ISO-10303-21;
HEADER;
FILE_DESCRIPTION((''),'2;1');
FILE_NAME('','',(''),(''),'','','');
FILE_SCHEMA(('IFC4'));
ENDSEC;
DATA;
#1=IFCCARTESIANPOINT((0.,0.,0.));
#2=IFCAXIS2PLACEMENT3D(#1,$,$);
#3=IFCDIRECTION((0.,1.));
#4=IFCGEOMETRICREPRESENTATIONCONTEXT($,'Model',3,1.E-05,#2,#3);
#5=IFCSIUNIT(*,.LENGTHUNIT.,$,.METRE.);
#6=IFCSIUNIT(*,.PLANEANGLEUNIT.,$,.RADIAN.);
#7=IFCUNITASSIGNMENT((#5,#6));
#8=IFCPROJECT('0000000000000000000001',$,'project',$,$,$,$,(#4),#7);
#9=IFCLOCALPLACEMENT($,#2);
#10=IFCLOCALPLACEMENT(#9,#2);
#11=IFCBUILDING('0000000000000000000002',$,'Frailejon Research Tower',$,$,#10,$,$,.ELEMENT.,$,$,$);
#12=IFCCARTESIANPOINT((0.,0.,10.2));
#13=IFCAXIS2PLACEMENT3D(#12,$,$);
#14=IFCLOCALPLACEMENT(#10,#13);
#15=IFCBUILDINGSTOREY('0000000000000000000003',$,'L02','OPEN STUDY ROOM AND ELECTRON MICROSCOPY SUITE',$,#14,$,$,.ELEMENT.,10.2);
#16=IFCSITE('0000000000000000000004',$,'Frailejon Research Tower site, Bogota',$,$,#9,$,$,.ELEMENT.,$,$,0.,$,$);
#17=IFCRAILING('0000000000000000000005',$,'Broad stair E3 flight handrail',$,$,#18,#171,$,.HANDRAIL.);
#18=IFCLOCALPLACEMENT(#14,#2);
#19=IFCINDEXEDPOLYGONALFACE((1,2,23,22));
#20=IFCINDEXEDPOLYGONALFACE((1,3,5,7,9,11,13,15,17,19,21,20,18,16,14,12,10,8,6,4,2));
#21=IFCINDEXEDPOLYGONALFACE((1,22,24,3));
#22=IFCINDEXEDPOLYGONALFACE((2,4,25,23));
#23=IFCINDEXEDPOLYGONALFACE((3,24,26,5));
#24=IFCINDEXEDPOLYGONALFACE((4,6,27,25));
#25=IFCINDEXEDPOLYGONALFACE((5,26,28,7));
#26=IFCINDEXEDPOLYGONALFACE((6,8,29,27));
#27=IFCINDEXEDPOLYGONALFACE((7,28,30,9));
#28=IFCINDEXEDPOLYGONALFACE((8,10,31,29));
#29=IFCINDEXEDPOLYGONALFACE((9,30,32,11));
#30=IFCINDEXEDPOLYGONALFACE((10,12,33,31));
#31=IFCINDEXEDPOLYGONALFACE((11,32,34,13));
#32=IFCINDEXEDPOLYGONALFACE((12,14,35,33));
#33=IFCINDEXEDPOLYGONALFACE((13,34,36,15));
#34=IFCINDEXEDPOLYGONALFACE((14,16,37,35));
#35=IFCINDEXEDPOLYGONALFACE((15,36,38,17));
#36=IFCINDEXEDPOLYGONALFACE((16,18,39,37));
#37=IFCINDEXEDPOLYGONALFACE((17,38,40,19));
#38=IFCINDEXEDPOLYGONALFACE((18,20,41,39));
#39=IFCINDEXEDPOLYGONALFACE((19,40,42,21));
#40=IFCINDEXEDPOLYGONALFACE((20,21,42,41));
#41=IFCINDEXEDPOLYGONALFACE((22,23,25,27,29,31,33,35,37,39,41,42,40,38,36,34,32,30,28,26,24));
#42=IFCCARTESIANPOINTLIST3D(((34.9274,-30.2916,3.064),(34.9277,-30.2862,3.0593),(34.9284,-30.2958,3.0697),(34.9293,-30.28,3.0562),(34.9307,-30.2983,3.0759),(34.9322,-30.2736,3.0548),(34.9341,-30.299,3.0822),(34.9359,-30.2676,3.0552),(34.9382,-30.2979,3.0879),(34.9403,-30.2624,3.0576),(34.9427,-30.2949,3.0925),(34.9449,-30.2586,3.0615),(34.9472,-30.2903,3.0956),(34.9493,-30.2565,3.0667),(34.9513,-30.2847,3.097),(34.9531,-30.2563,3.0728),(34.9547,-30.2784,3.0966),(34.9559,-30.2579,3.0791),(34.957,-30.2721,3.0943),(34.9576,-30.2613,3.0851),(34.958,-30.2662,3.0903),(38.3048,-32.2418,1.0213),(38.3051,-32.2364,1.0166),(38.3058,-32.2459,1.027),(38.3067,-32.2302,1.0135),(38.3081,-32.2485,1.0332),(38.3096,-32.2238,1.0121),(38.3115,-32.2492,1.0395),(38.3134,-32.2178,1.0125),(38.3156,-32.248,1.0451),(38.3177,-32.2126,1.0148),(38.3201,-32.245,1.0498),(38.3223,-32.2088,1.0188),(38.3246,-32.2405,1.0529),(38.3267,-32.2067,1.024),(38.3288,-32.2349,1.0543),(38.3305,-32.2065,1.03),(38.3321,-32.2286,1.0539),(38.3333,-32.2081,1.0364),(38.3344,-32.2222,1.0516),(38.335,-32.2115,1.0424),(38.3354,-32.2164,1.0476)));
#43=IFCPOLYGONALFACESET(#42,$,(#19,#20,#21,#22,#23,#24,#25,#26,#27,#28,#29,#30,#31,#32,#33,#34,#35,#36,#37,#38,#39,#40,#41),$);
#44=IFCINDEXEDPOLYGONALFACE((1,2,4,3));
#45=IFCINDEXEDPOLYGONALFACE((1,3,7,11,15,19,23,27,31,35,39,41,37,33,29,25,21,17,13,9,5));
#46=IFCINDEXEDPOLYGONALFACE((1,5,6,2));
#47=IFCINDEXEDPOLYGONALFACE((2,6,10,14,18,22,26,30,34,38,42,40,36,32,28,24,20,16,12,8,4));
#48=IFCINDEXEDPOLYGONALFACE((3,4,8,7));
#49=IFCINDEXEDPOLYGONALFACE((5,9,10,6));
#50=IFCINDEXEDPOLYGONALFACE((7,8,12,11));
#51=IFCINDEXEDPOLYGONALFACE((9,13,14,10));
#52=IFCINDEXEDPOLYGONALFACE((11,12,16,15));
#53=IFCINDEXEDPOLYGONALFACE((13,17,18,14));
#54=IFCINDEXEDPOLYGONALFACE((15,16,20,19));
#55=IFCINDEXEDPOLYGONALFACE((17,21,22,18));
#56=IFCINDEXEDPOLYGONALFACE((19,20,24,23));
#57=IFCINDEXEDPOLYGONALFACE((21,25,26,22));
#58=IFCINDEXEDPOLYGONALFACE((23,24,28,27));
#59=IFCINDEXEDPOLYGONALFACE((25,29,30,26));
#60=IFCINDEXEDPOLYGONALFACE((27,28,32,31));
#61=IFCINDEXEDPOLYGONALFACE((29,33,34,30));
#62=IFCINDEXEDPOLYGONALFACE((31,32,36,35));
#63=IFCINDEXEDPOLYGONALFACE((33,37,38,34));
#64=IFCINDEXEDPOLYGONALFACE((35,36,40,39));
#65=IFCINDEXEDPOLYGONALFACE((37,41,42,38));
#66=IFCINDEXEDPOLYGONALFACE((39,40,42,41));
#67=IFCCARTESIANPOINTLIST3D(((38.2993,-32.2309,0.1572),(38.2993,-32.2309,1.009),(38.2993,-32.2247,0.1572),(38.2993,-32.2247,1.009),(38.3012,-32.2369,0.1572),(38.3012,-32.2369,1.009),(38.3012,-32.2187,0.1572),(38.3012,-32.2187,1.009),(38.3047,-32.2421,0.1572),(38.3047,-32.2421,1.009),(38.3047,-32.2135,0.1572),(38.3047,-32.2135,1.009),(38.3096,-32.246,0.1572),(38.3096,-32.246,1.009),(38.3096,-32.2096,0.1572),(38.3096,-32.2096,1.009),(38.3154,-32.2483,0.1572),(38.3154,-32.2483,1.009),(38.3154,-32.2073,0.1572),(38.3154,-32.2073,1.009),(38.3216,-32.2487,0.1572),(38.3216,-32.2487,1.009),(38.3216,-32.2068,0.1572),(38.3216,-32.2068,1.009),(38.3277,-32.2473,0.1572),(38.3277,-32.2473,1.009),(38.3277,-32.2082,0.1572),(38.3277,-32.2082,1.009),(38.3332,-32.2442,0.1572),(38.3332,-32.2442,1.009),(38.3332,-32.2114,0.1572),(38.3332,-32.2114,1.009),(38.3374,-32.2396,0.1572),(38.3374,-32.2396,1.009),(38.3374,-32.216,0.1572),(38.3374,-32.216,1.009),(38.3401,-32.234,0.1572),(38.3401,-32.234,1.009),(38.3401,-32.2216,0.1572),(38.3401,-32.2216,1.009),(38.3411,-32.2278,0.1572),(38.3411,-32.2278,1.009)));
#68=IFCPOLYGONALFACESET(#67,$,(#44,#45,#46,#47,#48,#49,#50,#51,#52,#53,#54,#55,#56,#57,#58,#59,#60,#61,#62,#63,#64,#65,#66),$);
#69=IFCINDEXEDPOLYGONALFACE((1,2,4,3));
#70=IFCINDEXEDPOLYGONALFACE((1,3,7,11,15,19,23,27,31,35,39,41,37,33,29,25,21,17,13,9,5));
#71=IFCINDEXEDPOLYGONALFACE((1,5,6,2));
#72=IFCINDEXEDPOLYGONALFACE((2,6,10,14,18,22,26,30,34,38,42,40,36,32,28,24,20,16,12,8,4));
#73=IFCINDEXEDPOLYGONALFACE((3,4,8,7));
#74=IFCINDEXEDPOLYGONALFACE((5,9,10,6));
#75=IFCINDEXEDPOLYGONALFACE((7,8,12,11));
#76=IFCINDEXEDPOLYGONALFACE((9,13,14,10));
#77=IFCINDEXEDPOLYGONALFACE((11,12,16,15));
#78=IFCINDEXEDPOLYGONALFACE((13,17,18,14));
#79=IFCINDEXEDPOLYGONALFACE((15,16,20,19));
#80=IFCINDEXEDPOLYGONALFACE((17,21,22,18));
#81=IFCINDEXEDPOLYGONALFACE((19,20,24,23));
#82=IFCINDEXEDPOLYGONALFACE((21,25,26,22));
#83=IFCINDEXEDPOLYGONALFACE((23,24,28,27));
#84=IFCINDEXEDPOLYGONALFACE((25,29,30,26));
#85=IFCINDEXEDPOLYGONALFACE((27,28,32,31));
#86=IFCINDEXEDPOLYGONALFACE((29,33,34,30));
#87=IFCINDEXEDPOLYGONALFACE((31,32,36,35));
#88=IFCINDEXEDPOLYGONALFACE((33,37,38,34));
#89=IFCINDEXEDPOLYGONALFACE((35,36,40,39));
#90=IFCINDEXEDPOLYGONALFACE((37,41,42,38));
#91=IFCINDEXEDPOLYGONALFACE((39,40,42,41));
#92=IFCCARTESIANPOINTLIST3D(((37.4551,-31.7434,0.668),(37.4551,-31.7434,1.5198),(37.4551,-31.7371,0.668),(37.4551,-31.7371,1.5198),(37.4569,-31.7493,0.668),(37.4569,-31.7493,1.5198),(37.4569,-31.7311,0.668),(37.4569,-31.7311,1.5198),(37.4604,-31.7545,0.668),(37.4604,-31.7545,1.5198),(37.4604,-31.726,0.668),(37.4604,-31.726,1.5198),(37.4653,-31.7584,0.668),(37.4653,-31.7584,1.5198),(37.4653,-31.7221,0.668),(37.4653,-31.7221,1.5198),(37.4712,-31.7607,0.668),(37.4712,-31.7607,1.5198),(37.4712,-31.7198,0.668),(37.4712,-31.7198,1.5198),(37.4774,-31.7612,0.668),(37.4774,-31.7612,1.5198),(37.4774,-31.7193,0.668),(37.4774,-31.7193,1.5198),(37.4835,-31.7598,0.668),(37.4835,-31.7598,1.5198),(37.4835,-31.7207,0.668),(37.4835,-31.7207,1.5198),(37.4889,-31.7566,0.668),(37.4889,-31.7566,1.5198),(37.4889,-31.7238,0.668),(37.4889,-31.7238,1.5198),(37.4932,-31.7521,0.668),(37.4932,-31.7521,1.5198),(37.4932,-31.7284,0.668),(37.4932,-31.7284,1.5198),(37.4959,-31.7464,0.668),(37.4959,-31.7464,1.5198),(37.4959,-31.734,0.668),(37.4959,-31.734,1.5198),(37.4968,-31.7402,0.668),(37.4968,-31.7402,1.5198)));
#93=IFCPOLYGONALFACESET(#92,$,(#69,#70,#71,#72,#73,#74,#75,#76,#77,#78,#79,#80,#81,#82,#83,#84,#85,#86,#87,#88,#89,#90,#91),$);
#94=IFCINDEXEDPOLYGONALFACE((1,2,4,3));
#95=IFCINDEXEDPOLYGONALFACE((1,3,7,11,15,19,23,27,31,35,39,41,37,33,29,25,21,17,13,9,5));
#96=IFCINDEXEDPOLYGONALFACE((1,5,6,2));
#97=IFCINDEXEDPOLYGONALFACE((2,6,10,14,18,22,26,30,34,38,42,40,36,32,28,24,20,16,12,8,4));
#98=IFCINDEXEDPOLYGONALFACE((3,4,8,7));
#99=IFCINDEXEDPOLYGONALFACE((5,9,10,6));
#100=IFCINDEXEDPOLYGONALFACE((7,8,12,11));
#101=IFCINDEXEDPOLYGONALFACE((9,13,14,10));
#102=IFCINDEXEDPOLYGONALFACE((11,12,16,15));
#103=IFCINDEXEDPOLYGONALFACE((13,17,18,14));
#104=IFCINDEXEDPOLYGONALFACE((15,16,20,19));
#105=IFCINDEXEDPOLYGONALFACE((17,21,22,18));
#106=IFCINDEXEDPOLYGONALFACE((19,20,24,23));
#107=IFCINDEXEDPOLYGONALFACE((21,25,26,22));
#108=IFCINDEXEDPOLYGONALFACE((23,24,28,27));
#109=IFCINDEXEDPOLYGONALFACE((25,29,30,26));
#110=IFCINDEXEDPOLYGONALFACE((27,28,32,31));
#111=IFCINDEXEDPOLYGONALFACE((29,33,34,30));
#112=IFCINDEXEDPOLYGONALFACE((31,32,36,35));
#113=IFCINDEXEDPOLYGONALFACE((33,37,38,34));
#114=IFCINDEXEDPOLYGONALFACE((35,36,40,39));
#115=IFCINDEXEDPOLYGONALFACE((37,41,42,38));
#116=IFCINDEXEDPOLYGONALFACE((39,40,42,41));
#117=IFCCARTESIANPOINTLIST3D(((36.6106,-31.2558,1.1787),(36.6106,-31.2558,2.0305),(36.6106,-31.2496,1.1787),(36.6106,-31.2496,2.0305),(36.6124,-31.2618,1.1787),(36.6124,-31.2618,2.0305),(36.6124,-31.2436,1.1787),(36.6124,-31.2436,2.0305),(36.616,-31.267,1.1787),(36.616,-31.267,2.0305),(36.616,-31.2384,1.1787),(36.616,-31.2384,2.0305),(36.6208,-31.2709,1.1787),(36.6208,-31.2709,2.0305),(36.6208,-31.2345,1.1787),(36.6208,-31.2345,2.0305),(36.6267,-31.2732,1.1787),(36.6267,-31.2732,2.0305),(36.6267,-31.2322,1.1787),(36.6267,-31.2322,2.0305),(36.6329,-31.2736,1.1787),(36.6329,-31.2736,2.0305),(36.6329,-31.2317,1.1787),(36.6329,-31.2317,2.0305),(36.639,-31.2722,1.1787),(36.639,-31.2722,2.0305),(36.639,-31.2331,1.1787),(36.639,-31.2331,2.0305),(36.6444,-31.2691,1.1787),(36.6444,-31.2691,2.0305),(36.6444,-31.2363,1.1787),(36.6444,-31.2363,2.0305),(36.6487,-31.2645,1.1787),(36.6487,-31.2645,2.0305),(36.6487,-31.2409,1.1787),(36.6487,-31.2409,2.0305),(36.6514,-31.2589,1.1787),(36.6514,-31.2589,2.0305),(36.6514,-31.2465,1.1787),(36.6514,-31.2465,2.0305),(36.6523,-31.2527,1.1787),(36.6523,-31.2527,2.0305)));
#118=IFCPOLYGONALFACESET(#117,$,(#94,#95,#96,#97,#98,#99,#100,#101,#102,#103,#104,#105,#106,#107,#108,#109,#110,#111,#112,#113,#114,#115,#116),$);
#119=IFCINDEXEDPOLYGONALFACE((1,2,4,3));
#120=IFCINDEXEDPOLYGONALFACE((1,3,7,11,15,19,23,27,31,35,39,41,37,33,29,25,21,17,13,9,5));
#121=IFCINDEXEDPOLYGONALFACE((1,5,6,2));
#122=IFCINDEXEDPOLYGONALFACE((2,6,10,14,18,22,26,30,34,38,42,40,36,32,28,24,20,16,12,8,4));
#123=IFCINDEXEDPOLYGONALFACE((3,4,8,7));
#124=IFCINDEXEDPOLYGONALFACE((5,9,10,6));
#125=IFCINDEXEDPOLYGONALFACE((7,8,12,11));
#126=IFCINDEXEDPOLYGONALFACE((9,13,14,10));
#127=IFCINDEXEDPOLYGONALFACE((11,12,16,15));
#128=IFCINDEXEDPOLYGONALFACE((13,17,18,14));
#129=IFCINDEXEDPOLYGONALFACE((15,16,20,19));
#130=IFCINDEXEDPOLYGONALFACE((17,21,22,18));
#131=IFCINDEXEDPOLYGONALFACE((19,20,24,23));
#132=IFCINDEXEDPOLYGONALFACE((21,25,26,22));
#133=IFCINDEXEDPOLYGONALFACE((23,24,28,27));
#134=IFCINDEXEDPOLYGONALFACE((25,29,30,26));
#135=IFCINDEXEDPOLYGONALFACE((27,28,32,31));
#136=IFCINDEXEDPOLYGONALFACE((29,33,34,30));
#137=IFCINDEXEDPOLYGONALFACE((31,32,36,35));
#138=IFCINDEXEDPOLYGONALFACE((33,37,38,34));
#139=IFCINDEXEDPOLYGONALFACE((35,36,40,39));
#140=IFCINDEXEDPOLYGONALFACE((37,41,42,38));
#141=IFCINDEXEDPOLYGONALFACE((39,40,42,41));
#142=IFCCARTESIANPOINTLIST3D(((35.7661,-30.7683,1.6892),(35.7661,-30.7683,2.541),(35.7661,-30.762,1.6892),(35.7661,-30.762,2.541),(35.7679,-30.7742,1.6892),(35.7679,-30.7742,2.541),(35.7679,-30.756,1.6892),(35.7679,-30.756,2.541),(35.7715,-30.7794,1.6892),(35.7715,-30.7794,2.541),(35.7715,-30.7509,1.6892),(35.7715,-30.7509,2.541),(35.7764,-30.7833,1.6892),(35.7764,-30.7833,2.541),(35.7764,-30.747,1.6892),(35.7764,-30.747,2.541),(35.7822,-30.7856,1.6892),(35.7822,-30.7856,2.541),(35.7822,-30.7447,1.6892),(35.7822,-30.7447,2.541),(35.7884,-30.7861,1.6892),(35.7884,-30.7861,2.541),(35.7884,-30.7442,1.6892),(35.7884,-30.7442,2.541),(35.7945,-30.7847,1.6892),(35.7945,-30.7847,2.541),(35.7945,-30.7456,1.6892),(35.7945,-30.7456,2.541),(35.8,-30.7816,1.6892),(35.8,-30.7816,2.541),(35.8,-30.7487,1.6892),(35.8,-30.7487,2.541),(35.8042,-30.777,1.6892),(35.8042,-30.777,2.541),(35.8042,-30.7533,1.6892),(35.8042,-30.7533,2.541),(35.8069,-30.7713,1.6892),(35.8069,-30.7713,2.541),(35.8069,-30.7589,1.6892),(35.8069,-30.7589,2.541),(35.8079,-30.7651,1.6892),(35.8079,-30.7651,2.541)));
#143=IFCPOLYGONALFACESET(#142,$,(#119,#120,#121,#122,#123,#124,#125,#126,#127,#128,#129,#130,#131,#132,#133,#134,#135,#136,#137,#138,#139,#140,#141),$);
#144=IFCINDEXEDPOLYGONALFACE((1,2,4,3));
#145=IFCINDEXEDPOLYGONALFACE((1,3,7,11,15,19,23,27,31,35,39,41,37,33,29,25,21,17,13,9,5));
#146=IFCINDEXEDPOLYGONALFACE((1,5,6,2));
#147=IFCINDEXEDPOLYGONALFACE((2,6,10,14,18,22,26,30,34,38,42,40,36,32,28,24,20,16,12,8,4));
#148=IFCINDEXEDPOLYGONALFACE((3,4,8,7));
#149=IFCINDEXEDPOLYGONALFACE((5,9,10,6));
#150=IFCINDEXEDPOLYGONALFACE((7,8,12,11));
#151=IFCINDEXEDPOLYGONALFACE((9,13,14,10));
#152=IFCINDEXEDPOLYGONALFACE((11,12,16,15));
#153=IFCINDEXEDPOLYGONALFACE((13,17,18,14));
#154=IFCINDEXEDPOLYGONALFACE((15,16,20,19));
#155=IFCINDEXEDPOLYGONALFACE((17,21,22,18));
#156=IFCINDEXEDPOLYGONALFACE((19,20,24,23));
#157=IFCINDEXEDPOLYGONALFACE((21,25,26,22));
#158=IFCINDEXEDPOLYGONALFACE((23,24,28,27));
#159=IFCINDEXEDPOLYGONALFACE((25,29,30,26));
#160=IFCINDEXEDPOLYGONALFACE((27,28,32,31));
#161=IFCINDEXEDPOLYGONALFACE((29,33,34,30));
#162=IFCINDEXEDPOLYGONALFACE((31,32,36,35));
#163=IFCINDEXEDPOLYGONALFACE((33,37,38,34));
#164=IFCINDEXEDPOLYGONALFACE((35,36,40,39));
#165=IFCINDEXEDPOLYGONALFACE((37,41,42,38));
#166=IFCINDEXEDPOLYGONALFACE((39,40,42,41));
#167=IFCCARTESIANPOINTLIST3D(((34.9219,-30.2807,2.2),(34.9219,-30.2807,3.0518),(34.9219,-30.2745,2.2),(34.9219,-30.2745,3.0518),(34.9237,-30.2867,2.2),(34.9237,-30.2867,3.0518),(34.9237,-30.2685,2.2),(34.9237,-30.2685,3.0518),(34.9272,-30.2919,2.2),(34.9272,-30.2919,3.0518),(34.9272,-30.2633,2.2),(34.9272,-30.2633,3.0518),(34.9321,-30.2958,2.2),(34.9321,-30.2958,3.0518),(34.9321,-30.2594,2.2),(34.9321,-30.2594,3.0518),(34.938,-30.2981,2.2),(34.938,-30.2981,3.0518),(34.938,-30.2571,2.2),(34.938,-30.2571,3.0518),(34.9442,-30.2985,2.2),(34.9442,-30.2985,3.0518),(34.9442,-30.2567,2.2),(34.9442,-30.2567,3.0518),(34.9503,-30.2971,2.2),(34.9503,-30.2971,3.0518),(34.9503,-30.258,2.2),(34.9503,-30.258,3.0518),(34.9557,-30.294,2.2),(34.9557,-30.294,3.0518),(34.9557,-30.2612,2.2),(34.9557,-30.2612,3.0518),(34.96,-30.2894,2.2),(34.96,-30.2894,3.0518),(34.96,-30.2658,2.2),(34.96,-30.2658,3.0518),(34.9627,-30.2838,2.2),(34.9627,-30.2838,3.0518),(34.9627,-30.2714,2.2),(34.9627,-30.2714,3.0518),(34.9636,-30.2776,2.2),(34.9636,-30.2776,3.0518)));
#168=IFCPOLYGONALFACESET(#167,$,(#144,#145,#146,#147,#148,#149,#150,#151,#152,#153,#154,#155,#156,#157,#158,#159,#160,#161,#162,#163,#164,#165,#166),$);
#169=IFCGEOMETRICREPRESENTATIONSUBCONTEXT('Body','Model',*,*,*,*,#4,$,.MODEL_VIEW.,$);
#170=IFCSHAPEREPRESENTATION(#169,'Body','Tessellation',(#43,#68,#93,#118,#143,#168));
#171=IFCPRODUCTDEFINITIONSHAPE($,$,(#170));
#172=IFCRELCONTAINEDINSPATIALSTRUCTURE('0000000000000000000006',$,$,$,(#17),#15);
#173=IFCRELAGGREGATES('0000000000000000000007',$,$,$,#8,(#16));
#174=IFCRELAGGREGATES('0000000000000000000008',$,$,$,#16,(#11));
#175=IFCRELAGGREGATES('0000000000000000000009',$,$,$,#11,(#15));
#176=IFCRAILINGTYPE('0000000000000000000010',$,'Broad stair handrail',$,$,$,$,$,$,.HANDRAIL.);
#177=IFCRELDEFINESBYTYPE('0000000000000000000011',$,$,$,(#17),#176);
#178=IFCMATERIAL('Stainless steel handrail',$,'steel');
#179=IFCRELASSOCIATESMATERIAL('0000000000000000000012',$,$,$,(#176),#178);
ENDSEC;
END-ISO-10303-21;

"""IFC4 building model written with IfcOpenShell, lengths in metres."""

from ifc_helpers import new_model, si_unit, direction, frame, origin, origin_2d, place, context, subcontext, project, spatial, circle, extrude, material, type_object, element, save


model = new_model("IFC4")

# Units and contexts
model_context = context("Model", 3, precision=1e-05, world=origin(), true_north=direction((0.0, 1.0)))
body_context = subcontext(model_context, "Body", "Model", "MODEL_VIEW")
ifc_project = project(units=[si_unit("LENGTHUNIT", "METRE"), si_unit("PLANEANGLEUNIT", "RADIAN")], contexts=[model_context])

# Site, building, storey
site_placement = place(None, origin())
site = spatial("IfcSite", under=ifc_project, at=site_placement, Name="Frailejon Research Tower site, Bogota", CompositionType="ELEMENT", RefElevation=0.0)
building_placement = place(site_placement, origin())
building = spatial("IfcBuilding", under=site, at=building_placement, Name="Frailejon Research Tower", CompositionType="ELEMENT")
storey_placement = place(building_placement, frame((0.0, 0.0, 10.2)))
storey = spatial("IfcBuildingStorey", under=building, at=storey_placement, Name="L02", Description="OPEN STUDY ROOM AND ELECTRON MICROSCOPY SUITE", CompositionType="ELEMENT", Elevation=10.2)

# Railing
ifc_material_1 = material(Name="Stainless steel handrail", Category="steel")
railing_type_1 = type_object("IfcRailingType", Name="Broad stair handrail", PredefinedType="HANDRAIL", material=ifc_material_1)
railing_1_placement = place(storey_placement, frame((38.3201, -32.2278, 0.1572)))
element("IfcRailing", 1, at=railing_1_placement, inside=storey, type_object=railing_type_1, Name="Broad stair E3 flight handrail", PredefinedType="HANDRAIL", context=body_context, shape_type="SweptSolid", body=[
    extrude(circle(Radius=0.0239, at=origin_2d()), frame((0.0, 0.0, 0.876), z_axis=(-0.767143, 0.442962, 0.463979), x_axis=(-0.500044, -0.866, 0.0)), (0.0, 0.0, 1.0), 4.4026),
    extrude(circle(Radius=0.021, at=origin_2d()), origin(), (0.0, 0.0, 1.0), 0.8518),
    extrude(circle(Radius=0.021, at=origin_2d()), frame((-0.8442, 0.4875, 0.5107)), (0.0, 0.0, 1.0), 0.8518),
    extrude(circle(Radius=0.021, at=origin_2d()), frame((-1.6887, 0.9751, 1.0215)), (0.0, 0.0, 1.0), 0.8518),
    extrude(circle(Radius=0.021, at=origin_2d()), frame((-2.5332, 1.4626, 1.532)), (0.0, 0.0, 1.0), 0.8518),
    extrude(circle(Radius=0.021, at=origin_2d()), frame((-3.3774, 1.9502, 2.0427)), (0.0, 0.0, 1.0), 0.8518),
])

save(model, "model.ifc")
